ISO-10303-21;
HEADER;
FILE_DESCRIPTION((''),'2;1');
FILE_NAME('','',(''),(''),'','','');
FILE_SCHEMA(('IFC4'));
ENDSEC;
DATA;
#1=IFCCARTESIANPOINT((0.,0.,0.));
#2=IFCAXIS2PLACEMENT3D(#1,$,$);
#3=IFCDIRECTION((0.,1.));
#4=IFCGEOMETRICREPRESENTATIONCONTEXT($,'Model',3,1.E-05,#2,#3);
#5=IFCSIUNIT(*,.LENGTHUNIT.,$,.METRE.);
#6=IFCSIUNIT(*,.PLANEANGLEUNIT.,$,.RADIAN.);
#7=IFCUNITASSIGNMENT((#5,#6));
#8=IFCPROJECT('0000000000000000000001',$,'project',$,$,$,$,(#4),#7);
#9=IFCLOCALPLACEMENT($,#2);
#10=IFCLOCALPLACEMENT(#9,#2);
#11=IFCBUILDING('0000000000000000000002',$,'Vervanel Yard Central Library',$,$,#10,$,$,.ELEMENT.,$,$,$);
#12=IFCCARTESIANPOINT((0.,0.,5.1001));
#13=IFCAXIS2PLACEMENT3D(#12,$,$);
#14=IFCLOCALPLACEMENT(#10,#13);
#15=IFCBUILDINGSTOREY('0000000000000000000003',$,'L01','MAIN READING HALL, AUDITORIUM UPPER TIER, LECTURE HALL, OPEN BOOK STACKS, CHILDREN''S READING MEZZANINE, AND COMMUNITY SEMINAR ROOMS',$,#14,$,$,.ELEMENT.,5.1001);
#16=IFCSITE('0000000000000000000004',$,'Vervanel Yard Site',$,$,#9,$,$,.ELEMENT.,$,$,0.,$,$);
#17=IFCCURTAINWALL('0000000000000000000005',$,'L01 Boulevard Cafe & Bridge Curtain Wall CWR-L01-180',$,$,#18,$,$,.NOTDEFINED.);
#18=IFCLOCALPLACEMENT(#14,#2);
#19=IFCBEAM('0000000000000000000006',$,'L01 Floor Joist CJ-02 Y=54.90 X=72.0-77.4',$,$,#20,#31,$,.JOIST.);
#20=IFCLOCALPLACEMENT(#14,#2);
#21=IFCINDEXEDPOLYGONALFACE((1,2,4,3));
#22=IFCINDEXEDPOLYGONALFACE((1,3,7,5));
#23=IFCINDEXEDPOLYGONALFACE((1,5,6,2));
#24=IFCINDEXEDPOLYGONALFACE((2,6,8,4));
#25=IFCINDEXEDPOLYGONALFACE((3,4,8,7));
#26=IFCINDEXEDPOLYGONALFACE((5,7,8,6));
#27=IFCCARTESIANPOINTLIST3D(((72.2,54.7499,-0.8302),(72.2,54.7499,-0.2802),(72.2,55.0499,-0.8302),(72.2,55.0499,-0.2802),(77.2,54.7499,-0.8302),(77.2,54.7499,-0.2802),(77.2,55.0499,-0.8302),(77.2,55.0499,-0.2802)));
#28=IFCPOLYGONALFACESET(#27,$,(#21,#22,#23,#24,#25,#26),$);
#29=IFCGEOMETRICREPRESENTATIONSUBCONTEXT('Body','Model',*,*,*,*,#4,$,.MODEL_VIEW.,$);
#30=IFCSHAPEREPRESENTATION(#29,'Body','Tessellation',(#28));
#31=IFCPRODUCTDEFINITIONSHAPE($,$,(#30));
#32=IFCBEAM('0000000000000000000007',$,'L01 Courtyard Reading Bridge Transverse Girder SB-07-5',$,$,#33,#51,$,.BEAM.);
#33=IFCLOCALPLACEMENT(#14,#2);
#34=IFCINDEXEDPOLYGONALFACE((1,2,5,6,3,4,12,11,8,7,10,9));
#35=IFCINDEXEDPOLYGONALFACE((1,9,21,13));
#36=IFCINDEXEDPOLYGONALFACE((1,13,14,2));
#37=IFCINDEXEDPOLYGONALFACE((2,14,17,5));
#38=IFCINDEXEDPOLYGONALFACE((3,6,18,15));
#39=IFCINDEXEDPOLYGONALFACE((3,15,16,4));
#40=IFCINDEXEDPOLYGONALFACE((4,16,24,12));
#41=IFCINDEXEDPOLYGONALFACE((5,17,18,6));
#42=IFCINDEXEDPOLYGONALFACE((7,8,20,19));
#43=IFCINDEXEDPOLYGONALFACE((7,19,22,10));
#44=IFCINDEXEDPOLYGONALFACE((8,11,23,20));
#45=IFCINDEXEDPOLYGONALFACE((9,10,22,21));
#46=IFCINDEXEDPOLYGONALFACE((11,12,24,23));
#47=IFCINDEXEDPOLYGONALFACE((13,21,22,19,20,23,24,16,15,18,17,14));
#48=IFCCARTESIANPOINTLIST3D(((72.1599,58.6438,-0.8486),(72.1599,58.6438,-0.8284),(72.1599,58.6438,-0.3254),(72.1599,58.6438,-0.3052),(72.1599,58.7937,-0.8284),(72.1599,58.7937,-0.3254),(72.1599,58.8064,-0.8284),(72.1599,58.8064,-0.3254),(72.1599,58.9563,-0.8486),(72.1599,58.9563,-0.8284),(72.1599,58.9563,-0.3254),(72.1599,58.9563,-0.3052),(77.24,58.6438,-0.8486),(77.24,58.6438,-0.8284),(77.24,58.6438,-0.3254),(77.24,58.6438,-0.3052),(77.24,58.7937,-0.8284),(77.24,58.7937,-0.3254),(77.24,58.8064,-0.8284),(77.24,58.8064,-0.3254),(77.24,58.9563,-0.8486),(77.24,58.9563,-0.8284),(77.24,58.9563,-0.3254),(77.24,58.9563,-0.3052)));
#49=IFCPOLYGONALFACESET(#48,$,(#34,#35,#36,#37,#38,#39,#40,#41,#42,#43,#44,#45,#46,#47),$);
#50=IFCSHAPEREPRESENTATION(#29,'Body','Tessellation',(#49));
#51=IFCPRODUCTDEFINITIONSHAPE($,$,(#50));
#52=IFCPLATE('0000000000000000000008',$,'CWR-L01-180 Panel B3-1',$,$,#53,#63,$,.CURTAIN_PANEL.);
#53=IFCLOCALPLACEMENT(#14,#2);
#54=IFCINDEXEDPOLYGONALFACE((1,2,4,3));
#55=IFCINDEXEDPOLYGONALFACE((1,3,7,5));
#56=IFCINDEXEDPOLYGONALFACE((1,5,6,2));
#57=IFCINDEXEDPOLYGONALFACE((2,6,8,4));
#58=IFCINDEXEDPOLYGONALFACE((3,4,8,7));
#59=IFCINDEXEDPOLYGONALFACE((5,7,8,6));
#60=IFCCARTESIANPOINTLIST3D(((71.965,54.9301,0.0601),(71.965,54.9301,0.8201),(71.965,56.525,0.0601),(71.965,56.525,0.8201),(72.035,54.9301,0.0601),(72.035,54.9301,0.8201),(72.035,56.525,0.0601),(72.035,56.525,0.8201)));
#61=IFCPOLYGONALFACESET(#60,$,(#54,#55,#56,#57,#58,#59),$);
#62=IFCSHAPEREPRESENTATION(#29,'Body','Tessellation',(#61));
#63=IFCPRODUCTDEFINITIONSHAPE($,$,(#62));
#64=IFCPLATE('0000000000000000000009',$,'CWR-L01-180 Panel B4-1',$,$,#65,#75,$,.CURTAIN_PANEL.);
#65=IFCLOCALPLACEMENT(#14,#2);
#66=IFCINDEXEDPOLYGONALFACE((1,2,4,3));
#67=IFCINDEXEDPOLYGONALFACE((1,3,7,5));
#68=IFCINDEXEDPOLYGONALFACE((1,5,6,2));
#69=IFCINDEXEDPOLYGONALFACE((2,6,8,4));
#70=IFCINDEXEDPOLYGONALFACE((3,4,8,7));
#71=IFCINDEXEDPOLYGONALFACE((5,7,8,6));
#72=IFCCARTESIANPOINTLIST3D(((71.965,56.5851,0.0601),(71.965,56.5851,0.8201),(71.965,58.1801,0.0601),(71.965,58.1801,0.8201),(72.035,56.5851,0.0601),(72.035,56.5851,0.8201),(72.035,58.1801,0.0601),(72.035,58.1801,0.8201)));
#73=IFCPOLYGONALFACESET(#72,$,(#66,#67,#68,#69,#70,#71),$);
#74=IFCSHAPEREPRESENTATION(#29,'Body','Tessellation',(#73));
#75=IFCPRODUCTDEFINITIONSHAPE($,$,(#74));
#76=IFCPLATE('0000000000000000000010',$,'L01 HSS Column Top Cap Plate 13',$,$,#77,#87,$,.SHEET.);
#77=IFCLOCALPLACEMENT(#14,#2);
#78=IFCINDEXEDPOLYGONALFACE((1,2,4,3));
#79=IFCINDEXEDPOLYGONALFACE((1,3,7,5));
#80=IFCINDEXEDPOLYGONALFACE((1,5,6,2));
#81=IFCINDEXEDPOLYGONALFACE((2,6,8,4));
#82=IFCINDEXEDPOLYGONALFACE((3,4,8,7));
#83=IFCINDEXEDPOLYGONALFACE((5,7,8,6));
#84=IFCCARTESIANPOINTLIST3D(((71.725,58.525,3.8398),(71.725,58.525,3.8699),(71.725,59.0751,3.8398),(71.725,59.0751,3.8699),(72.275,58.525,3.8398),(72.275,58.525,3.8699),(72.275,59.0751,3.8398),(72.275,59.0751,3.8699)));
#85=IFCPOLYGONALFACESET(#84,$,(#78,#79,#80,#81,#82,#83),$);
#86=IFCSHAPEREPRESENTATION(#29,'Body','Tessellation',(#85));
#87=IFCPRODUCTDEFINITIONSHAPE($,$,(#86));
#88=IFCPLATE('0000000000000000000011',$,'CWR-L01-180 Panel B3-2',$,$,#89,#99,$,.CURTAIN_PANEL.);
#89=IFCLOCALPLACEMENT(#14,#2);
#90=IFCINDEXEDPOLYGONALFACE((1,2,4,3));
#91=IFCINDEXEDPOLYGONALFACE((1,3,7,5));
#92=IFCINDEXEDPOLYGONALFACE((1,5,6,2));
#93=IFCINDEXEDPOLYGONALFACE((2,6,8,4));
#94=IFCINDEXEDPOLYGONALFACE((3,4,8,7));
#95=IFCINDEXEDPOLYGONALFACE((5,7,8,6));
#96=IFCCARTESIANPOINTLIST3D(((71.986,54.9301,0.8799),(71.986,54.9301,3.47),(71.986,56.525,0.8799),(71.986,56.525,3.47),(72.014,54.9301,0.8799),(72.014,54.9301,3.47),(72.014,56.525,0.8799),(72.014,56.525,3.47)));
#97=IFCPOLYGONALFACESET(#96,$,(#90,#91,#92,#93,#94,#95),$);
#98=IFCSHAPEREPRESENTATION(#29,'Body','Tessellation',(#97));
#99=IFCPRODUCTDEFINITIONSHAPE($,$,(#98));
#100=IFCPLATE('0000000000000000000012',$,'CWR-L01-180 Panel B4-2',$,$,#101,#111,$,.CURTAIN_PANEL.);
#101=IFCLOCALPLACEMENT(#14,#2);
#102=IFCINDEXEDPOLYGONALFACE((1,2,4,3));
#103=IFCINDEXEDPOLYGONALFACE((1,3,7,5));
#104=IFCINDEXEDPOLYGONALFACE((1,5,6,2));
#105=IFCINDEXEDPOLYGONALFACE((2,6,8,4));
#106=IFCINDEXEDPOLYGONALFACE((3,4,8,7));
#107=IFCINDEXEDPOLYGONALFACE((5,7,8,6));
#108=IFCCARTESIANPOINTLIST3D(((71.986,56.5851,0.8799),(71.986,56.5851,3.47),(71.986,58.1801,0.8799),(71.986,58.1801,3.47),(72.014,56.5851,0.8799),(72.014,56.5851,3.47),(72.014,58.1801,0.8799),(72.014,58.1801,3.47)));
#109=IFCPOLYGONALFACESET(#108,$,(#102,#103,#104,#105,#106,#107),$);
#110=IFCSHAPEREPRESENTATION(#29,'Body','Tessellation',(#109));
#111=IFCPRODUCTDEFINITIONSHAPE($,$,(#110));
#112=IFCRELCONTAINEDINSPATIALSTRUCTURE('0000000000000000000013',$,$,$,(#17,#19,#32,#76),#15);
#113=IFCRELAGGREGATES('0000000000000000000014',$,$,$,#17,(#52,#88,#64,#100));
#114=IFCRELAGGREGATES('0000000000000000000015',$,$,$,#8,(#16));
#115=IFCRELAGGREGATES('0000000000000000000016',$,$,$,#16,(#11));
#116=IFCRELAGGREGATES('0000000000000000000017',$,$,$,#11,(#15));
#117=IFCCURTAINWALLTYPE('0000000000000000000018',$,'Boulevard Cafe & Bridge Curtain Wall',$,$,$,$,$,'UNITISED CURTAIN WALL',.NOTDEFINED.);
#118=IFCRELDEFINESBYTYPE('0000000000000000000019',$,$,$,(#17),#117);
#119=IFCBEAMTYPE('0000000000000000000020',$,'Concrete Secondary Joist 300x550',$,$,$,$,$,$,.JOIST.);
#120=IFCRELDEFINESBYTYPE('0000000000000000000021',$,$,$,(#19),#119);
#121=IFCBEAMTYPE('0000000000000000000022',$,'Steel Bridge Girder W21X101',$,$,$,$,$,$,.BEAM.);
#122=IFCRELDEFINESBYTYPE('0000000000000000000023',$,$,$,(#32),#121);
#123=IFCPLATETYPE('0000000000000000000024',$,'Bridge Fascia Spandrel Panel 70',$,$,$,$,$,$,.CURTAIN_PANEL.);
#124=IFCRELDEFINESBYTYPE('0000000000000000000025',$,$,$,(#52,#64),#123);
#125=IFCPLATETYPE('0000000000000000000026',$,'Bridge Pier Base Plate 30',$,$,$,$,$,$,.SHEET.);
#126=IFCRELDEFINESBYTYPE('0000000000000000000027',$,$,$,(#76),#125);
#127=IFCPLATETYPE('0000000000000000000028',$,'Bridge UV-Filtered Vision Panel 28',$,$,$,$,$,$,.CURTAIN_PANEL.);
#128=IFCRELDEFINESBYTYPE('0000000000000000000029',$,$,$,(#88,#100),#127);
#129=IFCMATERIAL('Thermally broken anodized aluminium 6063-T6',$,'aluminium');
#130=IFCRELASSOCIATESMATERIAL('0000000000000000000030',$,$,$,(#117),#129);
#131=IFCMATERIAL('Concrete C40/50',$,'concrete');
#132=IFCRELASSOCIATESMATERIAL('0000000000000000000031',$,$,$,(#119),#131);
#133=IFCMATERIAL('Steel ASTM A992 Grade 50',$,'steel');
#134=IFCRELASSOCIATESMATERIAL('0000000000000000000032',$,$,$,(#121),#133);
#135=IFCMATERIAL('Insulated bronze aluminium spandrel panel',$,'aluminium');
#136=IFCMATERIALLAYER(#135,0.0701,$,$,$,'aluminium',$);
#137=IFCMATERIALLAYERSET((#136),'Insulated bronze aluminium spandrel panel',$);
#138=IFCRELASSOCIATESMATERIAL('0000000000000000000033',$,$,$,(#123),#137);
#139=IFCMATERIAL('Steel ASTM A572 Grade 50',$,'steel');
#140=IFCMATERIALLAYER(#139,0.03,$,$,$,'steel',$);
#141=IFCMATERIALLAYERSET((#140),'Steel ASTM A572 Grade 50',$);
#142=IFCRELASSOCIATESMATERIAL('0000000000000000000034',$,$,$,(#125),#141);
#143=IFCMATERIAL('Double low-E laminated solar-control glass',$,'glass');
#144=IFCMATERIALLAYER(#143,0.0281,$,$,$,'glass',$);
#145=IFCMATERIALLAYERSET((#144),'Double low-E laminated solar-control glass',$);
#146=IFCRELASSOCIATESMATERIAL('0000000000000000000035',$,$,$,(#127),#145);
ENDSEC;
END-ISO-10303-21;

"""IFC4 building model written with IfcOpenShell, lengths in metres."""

from ifc_helpers import new_model, si_unit, direction, frame, origin, origin_2d, place, context, subcontext, project, spatial, rectangle, i_section, extrude, material, layer, layer_set, material_profile, profile_set, type_object, element, aggregate, save


model = new_model("IFC4")

# Units and contexts
model_context = context("Model", 3, precision=1e-05, world=origin(), true_north=direction((0.0, 1.0)))
body_context = subcontext(model_context, "Body", "Model", "MODEL_VIEW")
ifc_project = project(units=[si_unit("LENGTHUNIT", "METRE"), si_unit("PLANEANGLEUNIT", "RADIAN")], contexts=[model_context])

# Site, building, storey
site_placement = place(None, origin())
site = spatial("IfcSite", under=ifc_project, at=site_placement, Name="Vervanel Yard Site", CompositionType="ELEMENT", RefElevation=0.0)
building_placement = place(site_placement, origin())
building = spatial("IfcBuilding", under=site, at=building_placement, Name="Vervanel Yard Central Library", CompositionType="ELEMENT")
storey_placement = place(building_placement, frame((0.0, 0.0, 5.1001)))
storey = spatial("IfcBuildingStorey", under=building, at=storey_placement, Name="L01", Description="MAIN READING HALL, AUDITORIUM UPPER TIER, LECTURE HALL, OPEN BOOK STACKS, CHILDREN'S READING MEZZANINE, AND COMMUNITY SEMINAR ROOMS", CompositionType="ELEMENT", Elevation=5.1001)

# Curtain wall
ifc_material_1 = material(Name="Thermally broken anodized aluminium 6063-T6", Category="aluminium")
curtain_wall_type = type_object("IfcCurtainWallType", Name="Boulevard Cafe & Bridge Curtain Wall", ElementType="UNITISED CURTAIN WALL", PredefinedType="NOTDEFINED", material=ifc_material_1)
curtain_wall_1_placement = place(storey_placement, origin())
curtain_wall_1 = element("IfcCurtainWall", 1, at=curtain_wall_1_placement, inside=storey, type_object=curtain_wall_type, Name="L01 Boulevard Cafe & Bridge Curtain Wall CWR-L01-180", PredefinedType="NOTDEFINED")

# Beams
ifc_material_2 = material(Name="Concrete C40/50", Category="concrete")
ifc_material_profile_1 = material_profile(ifc_material_2, rectangle(XDim=0.3, YDim=0.55, at=origin_2d()), Name="RC 300x550", Category="concrete")
ifc_profile_set_1 = profile_set([ifc_material_profile_1], Name="Concrete C40/50")
beam_type_1 = type_object("IfcBeamType", Name="Concrete Secondary Joist 300x550", PredefinedType="JOIST", material=ifc_profile_set_1)
beam_1_placement = place(storey_placement, frame((72.2, 54.8999, -0.5552), z_axis=(1.0, 0.0, 0.0), x_axis=(0.0, 1.0, 0.0)))
element("IfcBeam", 2, at=beam_1_placement, inside=storey, type_object=beam_type_1, Name="L01 Floor Joist CJ-02 Y=54.90 X=72.0-77.4", PredefinedType="JOIST", context=body_context, shape_type="SweptSolid", body=[
    extrude(rectangle(XDim=0.3, YDim=0.55, at=origin_2d()), origin(), (0.0, 0.0, 1.0), 5.0),
])
ifc_material_3 = material(Name="Steel ASTM A992 Grade 50", Category="steel")
ifc_material_profile_2 = material_profile(ifc_material_3, i_section(OverallWidth=0.3125, OverallDepth=0.5435, WebThickness=0.0127, FlangeThickness=0.0203, at=origin_2d()), Name="W21X101", Category="steel")
ifc_profile_set_2 = profile_set([ifc_material_profile_2], Name="Steel ASTM A992 Grade 50")
beam_type_2 = type_object("IfcBeamType", Name="Steel Bridge Girder W21X101", PredefinedType="BEAM", material=ifc_profile_set_2)
beam_2_placement = place(storey_placement, frame((72.1599, 58.8, -0.5769), z_axis=(1.0, 0.0, 0.0), x_axis=(0.0, 1.0, 0.0)))
element("IfcBeam", 3, at=beam_2_placement, inside=storey, type_object=beam_type_2, Name="L01 Courtyard Reading Bridge Transverse Girder SB-07-5", PredefinedType="BEAM", context=body_context, shape_type="SweptSolid", body=[
    extrude(i_section(OverallWidth=0.3125, OverallDepth=0.5435, WebThickness=0.0127, FlangeThickness=0.0203, at=origin_2d()), origin(), (0.0, 0.0, 1.0), 5.0801),
])

# Plates
ifc_material_4 = material(Name="Insulated bronze aluminium spandrel panel", Category="aluminium")
ifc_layer_1 = layer(ifc_material_4, 0.0701, Category="aluminium")
ifc_layer_set_1 = layer_set([ifc_layer_1], Name="Insulated bronze aluminium spandrel panel")
plate_type_1 = type_object("IfcPlateType", Name="Bridge Fascia Spandrel Panel 70", PredefinedType="CURTAIN_PANEL", material=ifc_layer_set_1)
plate_1_placement = place(storey_placement, frame((72.0, 55.7275, 0.0601), z_axis=(0.0, 0.0, 1.0), x_axis=(0.0, 1.0, 0.0)))
plate_1 = element("IfcPlate", 4, at=plate_1_placement, type_object=plate_type_1, Name="CWR-L01-180 Panel B3-1", PredefinedType="CURTAIN_PANEL", context=body_context, shape_type="SweptSolid", body=[
    extrude(rectangle(XDim=1.595, YDim=0.0701, at=origin_2d()), origin(), (0.0, 0.0, 1.0), 0.76),
])
plate_2_placement = place(storey_placement, frame((72.0, 57.3826, 0.0601), z_axis=(0.0, 0.0, 1.0), x_axis=(0.0, 1.0, 0.0)))
plate_2 = element("IfcPlate", 5, at=plate_2_placement, type_object=plate_type_1, Name="CWR-L01-180 Panel B4-1", PredefinedType="CURTAIN_PANEL", context=body_context, shape_type="SweptSolid", body=[
    extrude(rectangle(XDim=1.595, YDim=0.0701, at=origin_2d()), origin(), (0.0, 0.0, 1.0), 0.76),
])
ifc_material_5 = material(Name="Steel ASTM A572 Grade 50", Category="steel")
ifc_layer_2 = layer(ifc_material_5, 0.03, Category="steel")
ifc_layer_set_2 = layer_set([ifc_layer_2], Name="Steel ASTM A572 Grade 50")
plate_type_2 = type_object("IfcPlateType", Name="Bridge Pier Base Plate 30", PredefinedType="SHEET", material=ifc_layer_set_2)
plate_3_placement = place(storey_placement, frame((72.0, 58.8, 3.8398), z_axis=(0.0, 0.0, 1.0), x_axis=(1.0, 0.0, 0.0)))
element("IfcPlate", 6, at=plate_3_placement, inside=storey, type_object=plate_type_2, Name="L01 HSS Column Top Cap Plate 13", PredefinedType="SHEET", context=body_context, shape_type="SweptSolid", body=[
    extrude(rectangle(XDim=0.55, YDim=0.55, at=origin_2d()), origin(), (0.0, 0.0, 1.0), 0.03),
])
ifc_material_6 = material(Name="Double low-E laminated solar-control glass", Category="glass")
ifc_layer_3 = layer(ifc_material_6, 0.0281, Category="glass")
ifc_layer_set_3 = layer_set([ifc_layer_3], Name="Double low-E laminated solar-control glass")
plate_type_3 = type_object("IfcPlateType", Name="Bridge UV-Filtered Vision Panel 28", PredefinedType="CURTAIN_PANEL", material=ifc_layer_set_3)
plate_4_placement = place(storey_placement, frame((72.0, 55.7275, 0.8799), z_axis=(0.0, 0.0, 1.0), x_axis=(0.0, 1.0, 0.0)))
plate_4 = element("IfcPlate", 7, at=plate_4_placement, type_object=plate_type_3, Name="CWR-L01-180 Panel B3-2", PredefinedType="CURTAIN_PANEL", context=body_context, shape_type="SweptSolid", body=[
    extrude(rectangle(XDim=1.595, YDim=0.0281, at=origin_2d()), origin(), (0.0, 0.0, 1.0), 2.5901),
])
plate_5_placement = place(storey_placement, frame((72.0, 57.3826, 0.8799), z_axis=(0.0, 0.0, 1.0), x_axis=(0.0, 1.0, 0.0)))
plate_5 = element("IfcPlate", 8, at=plate_5_placement, type_object=plate_type_3, Name="CWR-L01-180 Panel B4-2", PredefinedType="CURTAIN_PANEL", context=body_context, shape_type="SweptSolid", body=[
    extrude(rectangle(XDim=1.595, YDim=0.0281, at=origin_2d()), origin(), (0.0, 0.0, 1.0), 2.5901),
])
aggregate(curtain_wall_1, [plate_1, plate_4, plate_2, plate_5])

save(model, "model.ifc")
